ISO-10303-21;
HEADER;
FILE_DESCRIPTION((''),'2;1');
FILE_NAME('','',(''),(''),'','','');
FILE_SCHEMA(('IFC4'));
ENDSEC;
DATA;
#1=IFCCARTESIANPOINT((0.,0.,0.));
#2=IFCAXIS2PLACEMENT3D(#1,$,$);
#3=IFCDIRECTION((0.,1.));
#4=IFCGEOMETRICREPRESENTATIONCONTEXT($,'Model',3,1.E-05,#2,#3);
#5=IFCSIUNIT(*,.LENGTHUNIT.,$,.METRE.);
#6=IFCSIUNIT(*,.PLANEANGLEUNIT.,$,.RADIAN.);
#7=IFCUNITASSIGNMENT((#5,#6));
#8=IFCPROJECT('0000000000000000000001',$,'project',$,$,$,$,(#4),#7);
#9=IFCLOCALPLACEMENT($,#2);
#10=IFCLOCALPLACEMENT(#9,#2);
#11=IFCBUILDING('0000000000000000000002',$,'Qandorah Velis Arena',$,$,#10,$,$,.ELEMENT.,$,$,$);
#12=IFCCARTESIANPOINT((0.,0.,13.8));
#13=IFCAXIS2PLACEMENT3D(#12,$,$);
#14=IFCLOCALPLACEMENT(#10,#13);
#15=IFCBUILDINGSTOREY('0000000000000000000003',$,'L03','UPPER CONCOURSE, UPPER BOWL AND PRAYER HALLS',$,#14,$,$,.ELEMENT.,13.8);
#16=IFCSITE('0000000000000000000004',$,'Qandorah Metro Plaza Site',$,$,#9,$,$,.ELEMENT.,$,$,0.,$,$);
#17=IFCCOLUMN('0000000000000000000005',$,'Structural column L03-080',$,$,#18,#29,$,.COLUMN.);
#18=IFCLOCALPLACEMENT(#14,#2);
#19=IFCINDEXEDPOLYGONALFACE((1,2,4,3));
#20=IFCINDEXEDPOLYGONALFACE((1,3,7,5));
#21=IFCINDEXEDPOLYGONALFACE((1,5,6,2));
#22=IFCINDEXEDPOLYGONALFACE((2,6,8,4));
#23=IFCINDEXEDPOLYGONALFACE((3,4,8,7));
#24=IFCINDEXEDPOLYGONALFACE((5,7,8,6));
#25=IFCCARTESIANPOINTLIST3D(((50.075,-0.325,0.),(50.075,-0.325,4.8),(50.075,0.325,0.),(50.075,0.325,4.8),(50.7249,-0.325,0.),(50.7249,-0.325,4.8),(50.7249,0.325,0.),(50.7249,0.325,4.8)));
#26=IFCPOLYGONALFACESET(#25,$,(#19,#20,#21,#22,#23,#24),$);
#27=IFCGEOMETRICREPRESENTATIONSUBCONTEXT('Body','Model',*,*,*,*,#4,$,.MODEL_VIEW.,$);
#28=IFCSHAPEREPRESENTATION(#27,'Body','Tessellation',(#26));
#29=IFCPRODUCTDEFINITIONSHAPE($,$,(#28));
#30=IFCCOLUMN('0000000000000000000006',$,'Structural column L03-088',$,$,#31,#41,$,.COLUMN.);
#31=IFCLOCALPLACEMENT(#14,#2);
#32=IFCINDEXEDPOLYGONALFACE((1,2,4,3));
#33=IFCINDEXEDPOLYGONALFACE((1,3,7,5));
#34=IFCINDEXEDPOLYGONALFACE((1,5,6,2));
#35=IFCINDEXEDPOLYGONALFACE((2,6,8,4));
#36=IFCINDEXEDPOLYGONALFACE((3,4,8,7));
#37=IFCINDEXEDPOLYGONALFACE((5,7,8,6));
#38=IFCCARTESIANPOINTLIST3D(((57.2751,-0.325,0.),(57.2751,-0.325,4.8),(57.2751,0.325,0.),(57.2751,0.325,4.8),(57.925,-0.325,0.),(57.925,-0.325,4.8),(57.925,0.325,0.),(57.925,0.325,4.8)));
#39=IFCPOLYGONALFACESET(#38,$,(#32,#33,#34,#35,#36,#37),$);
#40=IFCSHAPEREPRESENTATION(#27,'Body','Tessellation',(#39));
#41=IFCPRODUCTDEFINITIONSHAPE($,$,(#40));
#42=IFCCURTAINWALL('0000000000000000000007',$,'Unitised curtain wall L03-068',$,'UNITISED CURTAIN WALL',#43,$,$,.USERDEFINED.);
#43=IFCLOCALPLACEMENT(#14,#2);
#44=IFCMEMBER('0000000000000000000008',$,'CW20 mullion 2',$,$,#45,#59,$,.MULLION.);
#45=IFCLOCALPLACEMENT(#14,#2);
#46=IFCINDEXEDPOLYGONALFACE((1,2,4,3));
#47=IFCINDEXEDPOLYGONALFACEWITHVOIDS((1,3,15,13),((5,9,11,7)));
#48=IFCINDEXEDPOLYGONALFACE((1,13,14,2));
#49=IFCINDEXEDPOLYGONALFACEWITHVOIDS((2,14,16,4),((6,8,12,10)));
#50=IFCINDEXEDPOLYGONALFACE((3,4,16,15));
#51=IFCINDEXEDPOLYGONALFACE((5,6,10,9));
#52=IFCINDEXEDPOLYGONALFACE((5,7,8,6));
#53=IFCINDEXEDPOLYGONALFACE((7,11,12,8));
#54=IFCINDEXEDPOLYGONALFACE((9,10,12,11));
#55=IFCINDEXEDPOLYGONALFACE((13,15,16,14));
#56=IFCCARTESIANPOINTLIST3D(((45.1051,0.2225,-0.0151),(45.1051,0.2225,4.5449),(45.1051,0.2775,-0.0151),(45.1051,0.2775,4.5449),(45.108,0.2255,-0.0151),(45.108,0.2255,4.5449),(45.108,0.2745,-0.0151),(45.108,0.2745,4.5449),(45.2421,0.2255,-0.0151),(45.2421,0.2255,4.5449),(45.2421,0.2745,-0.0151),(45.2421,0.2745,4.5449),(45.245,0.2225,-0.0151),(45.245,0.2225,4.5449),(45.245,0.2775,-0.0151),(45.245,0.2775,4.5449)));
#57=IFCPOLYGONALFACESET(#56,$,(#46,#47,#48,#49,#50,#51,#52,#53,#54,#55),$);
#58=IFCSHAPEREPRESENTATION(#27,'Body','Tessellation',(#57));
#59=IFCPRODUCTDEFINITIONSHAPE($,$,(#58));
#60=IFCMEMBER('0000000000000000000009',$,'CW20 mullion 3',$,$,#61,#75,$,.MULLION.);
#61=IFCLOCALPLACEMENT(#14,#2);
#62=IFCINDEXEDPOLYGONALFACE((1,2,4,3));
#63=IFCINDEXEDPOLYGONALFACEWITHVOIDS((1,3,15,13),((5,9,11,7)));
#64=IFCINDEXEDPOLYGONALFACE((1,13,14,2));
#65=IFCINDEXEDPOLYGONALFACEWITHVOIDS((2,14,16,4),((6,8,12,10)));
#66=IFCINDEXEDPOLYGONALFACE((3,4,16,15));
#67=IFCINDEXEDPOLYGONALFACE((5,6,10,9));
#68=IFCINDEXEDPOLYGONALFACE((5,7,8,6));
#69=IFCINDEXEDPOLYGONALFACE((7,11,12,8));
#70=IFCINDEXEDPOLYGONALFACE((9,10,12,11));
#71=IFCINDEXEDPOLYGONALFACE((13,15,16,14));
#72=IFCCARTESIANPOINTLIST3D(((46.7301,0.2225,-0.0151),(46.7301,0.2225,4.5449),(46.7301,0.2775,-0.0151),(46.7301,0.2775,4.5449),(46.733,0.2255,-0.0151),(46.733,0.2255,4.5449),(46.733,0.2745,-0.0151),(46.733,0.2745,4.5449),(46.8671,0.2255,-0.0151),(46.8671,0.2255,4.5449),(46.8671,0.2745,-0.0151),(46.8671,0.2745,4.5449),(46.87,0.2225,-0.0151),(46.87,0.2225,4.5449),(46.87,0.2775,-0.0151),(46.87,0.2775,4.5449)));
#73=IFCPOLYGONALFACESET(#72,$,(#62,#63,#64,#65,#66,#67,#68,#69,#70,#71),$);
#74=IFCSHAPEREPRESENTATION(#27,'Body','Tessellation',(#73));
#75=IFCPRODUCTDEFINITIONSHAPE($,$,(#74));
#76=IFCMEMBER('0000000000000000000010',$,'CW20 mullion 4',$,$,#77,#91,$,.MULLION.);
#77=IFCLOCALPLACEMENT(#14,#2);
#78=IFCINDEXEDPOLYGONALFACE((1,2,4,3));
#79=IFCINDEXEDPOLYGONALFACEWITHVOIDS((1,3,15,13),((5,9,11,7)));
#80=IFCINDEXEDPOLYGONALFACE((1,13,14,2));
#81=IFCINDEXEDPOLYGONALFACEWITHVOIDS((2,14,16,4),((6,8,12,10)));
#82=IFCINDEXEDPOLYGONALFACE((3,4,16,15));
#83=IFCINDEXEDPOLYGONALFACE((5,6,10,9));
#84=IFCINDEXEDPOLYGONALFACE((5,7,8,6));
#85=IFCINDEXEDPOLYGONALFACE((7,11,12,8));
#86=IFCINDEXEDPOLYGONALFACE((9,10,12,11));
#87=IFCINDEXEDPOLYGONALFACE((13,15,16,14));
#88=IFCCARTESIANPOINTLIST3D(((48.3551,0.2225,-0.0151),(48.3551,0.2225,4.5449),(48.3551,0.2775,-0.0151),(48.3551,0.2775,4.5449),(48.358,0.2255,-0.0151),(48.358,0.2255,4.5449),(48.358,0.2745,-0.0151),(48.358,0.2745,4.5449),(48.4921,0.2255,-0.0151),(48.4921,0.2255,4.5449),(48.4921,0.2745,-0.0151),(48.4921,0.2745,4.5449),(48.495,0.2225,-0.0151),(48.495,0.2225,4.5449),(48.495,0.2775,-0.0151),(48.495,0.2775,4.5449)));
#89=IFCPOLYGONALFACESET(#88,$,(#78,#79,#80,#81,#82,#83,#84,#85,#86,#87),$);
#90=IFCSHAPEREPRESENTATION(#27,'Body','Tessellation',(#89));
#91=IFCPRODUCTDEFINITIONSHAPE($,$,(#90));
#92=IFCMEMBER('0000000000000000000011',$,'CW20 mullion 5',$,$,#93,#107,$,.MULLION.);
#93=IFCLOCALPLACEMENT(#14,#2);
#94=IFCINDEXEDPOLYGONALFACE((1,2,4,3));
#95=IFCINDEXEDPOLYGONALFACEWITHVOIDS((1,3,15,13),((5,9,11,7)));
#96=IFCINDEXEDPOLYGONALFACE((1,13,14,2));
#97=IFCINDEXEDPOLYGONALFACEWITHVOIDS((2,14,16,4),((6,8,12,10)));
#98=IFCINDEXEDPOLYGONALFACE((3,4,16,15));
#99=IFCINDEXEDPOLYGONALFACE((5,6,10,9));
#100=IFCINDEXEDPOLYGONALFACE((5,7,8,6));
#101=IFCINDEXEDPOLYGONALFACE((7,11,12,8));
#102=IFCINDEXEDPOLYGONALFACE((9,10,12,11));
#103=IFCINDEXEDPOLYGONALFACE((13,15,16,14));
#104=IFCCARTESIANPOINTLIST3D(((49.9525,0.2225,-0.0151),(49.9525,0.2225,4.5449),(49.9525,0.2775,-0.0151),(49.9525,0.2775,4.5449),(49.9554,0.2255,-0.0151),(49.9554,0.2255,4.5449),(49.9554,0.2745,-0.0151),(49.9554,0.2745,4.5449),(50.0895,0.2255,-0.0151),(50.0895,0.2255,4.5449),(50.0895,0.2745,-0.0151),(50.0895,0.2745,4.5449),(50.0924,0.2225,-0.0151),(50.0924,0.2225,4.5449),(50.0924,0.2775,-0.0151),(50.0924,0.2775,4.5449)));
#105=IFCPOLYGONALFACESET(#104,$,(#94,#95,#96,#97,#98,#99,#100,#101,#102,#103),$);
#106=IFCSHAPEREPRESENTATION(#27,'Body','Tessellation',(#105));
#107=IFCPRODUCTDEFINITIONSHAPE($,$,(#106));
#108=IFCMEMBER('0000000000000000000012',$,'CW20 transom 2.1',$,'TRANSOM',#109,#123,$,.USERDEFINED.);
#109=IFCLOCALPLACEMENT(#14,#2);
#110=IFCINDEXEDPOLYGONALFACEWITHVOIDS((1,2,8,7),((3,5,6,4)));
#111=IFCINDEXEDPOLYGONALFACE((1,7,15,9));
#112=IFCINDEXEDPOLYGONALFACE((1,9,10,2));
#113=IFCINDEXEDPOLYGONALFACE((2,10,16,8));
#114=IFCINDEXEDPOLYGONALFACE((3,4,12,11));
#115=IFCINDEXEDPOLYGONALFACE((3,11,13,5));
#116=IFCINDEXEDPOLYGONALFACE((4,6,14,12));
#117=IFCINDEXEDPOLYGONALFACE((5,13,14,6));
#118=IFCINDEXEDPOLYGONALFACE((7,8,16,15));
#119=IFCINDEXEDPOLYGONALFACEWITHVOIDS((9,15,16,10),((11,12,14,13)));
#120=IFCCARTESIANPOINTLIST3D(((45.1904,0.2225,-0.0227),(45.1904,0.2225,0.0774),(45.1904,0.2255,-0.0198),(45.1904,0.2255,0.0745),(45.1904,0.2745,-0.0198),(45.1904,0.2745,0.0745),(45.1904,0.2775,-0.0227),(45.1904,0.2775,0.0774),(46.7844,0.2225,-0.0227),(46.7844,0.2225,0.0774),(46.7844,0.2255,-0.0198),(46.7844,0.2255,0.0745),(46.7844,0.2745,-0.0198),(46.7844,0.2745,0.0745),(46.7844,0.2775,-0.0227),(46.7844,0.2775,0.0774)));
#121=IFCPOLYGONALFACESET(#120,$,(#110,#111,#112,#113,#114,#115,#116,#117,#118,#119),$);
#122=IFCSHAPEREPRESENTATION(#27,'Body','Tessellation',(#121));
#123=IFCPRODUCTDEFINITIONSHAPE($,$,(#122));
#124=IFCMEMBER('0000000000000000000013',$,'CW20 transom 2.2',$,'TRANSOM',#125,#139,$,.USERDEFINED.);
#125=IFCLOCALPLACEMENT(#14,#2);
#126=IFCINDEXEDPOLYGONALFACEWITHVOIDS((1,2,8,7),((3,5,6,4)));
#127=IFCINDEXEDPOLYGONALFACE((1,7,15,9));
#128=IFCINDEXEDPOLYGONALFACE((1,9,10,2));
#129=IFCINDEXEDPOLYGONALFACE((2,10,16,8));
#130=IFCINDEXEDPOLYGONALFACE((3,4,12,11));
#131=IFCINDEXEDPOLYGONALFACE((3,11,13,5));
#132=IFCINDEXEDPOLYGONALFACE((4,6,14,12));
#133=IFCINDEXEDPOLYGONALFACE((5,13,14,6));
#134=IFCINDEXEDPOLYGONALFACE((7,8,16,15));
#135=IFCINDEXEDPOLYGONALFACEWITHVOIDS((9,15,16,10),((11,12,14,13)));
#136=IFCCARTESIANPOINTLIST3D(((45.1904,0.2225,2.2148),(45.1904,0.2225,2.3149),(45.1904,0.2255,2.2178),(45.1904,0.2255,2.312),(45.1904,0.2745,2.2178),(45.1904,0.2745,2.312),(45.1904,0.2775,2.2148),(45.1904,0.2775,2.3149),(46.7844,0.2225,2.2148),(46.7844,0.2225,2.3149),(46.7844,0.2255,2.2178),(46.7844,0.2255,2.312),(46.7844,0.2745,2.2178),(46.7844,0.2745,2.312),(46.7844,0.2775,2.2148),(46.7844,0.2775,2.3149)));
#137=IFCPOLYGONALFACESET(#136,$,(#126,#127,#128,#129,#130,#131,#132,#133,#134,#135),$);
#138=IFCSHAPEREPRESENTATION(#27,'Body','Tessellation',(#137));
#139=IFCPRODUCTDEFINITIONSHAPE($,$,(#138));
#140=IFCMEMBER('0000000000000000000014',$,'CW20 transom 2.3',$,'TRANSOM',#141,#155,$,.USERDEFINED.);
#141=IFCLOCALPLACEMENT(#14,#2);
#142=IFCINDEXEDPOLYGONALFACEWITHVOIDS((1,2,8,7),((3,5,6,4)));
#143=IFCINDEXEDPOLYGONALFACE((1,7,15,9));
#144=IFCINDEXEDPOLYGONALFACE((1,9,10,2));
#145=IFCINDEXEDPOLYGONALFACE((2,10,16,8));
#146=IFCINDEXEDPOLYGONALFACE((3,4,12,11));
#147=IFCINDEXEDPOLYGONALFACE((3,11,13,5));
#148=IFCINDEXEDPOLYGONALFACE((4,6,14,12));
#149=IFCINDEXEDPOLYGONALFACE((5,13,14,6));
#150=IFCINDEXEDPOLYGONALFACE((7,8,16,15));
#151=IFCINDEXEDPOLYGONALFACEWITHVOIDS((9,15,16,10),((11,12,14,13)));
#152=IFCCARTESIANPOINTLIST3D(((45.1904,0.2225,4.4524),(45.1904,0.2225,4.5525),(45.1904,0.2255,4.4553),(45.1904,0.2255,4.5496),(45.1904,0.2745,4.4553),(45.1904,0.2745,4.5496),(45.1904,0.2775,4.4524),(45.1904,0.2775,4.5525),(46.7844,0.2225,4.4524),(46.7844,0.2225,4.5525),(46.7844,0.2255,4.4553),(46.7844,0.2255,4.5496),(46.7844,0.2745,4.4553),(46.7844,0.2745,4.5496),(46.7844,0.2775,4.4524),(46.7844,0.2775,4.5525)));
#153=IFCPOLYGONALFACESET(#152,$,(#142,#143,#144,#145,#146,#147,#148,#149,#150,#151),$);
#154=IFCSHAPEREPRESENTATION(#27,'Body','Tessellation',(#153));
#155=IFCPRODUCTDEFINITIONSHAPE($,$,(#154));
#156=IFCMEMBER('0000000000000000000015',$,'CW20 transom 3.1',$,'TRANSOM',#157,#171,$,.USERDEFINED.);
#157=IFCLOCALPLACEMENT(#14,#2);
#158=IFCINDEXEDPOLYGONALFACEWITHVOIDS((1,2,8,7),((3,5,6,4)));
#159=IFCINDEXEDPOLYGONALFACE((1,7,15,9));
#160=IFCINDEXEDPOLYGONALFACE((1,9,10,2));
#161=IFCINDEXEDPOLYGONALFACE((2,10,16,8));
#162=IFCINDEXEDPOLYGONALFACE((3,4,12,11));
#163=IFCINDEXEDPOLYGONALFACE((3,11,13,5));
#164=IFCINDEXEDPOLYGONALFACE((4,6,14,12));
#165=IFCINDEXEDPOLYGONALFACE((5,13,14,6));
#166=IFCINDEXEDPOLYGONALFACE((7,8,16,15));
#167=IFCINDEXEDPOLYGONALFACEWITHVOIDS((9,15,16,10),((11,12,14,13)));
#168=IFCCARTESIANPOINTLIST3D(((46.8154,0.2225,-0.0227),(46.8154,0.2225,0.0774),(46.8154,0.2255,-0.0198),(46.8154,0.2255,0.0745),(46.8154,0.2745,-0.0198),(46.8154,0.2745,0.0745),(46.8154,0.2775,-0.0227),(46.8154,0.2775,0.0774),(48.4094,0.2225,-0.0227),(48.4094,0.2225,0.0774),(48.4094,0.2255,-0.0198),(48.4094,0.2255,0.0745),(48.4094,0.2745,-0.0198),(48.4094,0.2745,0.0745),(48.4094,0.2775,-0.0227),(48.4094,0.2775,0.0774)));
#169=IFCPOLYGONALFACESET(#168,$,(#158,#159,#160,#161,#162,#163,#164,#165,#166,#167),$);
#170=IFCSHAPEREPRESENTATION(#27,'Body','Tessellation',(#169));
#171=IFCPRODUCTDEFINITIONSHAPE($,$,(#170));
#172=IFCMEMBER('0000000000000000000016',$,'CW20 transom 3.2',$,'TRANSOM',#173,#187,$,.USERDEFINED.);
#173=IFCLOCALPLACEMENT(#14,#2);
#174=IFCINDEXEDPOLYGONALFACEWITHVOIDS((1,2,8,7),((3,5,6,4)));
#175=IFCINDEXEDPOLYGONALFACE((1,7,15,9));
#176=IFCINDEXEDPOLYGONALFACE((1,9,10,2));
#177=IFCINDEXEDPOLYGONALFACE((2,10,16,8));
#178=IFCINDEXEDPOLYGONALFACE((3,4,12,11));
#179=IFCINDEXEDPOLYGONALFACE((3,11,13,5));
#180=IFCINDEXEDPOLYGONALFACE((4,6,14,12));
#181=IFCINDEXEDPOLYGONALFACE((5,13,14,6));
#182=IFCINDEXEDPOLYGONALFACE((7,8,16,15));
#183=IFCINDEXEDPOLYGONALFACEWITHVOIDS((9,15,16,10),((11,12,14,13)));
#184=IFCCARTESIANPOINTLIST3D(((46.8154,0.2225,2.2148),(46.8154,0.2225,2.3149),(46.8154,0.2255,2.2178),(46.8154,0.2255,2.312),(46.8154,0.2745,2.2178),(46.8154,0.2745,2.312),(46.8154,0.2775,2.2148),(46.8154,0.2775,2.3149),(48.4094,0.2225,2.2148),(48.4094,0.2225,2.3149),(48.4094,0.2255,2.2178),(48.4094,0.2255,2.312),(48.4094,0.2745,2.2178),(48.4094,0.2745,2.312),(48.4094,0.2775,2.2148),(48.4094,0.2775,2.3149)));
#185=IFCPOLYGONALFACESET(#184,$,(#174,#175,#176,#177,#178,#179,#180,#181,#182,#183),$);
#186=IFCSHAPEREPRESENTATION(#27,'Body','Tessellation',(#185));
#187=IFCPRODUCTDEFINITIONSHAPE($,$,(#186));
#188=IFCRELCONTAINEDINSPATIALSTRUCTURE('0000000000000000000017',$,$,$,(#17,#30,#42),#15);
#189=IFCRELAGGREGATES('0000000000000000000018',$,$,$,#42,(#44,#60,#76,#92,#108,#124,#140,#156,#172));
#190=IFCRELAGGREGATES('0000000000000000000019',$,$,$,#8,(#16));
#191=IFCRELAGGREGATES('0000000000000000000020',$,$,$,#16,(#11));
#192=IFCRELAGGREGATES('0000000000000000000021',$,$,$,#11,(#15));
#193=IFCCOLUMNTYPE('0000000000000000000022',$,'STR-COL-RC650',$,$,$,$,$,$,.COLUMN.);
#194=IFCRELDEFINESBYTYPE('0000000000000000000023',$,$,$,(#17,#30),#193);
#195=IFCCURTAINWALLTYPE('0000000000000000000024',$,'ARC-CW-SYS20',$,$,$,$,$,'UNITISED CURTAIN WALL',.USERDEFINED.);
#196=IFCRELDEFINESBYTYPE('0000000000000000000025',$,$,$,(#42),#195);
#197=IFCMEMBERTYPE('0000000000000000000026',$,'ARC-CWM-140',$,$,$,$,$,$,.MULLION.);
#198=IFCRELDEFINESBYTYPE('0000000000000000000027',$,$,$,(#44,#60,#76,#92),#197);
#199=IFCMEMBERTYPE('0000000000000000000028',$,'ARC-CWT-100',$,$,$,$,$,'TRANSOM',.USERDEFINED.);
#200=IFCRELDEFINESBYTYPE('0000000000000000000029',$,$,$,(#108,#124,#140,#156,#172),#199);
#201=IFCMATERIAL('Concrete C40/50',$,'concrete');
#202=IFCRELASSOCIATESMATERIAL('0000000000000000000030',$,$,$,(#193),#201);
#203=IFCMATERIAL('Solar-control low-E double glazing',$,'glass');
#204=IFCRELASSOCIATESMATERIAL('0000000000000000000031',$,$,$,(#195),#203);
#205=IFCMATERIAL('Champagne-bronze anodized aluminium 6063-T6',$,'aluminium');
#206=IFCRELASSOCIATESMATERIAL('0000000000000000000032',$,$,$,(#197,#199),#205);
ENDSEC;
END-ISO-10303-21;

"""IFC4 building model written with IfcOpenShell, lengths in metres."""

from ifc_helpers import new_model, si_unit, direction, frame, origin, origin_2d, place, context, subcontext, project, spatial, rectangle, hollow_rectangle, extrude, material, material_profile, profile_set, type_object, element, aggregate, save


model = new_model("IFC4")

# Units and contexts
model_context = context("Model", 3, precision=1e-05, world=origin(), true_north=direction((0.0, 1.0)))
body_context = subcontext(model_context, "Body", "Model", "MODEL_VIEW")
ifc_project = project(units=[si_unit("LENGTHUNIT", "METRE"), si_unit("PLANEANGLEUNIT", "RADIAN")], contexts=[model_context])

# Site, building, storey
site_placement = place(None, origin())
site = spatial("IfcSite", under=ifc_project, at=site_placement, Name="Qandorah Metro Plaza Site", CompositionType="ELEMENT", RefElevation=0.0)
building_placement = place(site_placement, origin())
building = spatial("IfcBuilding", under=site, at=building_placement, Name="Qandorah Velis Arena", CompositionType="ELEMENT")
storey_placement = place(building_placement, frame((0.0, 0.0, 13.8)))
storey = spatial("IfcBuildingStorey", under=building, at=storey_placement, Name="L03", Description="UPPER CONCOURSE, UPPER BOWL AND PRAYER HALLS", CompositionType="ELEMENT", Elevation=13.8)

# Columns
ifc_material_1 = material(Name="Concrete C40/50", Category="concrete")
ifc_material_profile_1 = material_profile(ifc_material_1, rectangle(XDim=0.6499, YDim=0.6499, at=origin_2d()), Name="RC COL 650x650")
ifc_profile_set_1 = profile_set([ifc_material_profile_1], Name="Concrete C40/50")
column_type = type_object("IfcColumnType", Name="STR-COL-RC650", PredefinedType="COLUMN", material=ifc_profile_set_1)
for number, where, z_axis, x_axis, name in (
    (1, (50.3999, 0.0, 0.0), (0.0, 0.0, 1.0), (1.0, 0.0, 0.0), "Structural column L03-080"),
    (2, (57.6001, 0.0, 0.0), (0.0, 0.0, 1.0), (1.0, 0.0, 0.0), "Structural column L03-088"),
):
    element("IfcColumn", number, at=place(storey_placement, frame(where, z_axis=z_axis, x_axis=x_axis)), inside=storey, type_object=column_type, Name=name, PredefinedType="COLUMN", context=body_context, shape_type="SweptSolid", body=[
        extrude(rectangle(XDim=0.6499, YDim=0.6499, at=origin_2d()), origin(), (0.0, 0.0, 1.0), 4.8),
    ])

# Curtain wall, members
ifc_material_2 = material(Name="Solar-control low-E double glazing", Category="glass")
curtain_wall_type = type_object("IfcCurtainWallType", Name="ARC-CW-SYS20", ElementType="UNITISED CURTAIN WALL", PredefinedType="USERDEFINED", material=ifc_material_2)
curtain_wall_placement = place(storey_placement, origin())
curtain_wall = element("IfcCurtainWall", 3, at=curtain_wall_placement, inside=storey, type_object=curtain_wall_type, Name="Unitised curtain wall L03-068", ObjectType="UNITISED CURTAIN WALL", PredefinedType="USERDEFINED")
ifc_material_3 = material(Name="Champagne-bronze anodized aluminium 6063-T6", Category="aluminium")
ifc_material_profile_2 = material_profile(ifc_material_3, hollow_rectangle(XDim=0.0549, YDim=0.1399, WallThickness=0.0029, at=origin_2d()), Name="ALU MULLION 55x140")
ifc_profile_set_2 = profile_set([ifc_material_profile_2], Name="Champagne-bronze anodized aluminium 6063-T6")
member_type_1 = type_object("IfcMemberType", Name="ARC-CWM-140", PredefinedType="MULLION", material=ifc_profile_set_2)
member_1_placement = place(storey_placement, frame((45.175, 0.25, -0.0151), z_axis=(0.0, 0.0, 1.0), x_axis=(0.0, 1.0, 0.0)))
member_1 = element("IfcMember", 4, at=member_1_placement, type_object=member_type_1, Name="CW20 mullion 2", PredefinedType="MULLION", context=body_context, shape_type="SweptSolid", body=[
    extrude(hollow_rectangle(XDim=0.0549, YDim=0.1399, WallThickness=0.0029, at=origin_2d()), origin(), (0.0, 0.0, 1.0), 4.5601),
])
member_2_placement = place(storey_placement, frame((46.8, 0.25, -0.0151), z_axis=(0.0, 0.0, 1.0), x_axis=(0.0, 1.0, 0.0)))
member_2 = element("IfcMember", 5, at=member_2_placement, type_object=member_type_1, Name="CW20 mullion 3", PredefinedType="MULLION", context=body_context, shape_type="SweptSolid", body=[
    extrude(hollow_rectangle(XDim=0.0549, YDim=0.1399, WallThickness=0.0029, at=origin_2d()), origin(), (0.0, 0.0, 1.0), 4.5601),
])
member_3_placement = place(storey_placement, frame((48.425, 0.25, -0.0151), z_axis=(0.0, 0.0, 1.0), x_axis=(0.0, 1.0, 0.0)))
member_3 = element("IfcMember", 6, at=member_3_placement, type_object=member_type_1, Name="CW20 mullion 4", PredefinedType="MULLION", context=body_context, shape_type="SweptSolid", body=[
    extrude(hollow_rectangle(XDim=0.0549, YDim=0.1399, WallThickness=0.0029, at=origin_2d()), origin(), (0.0, 0.0, 1.0), 4.5601),
])
member_4_placement = place(storey_placement, frame((50.0225, 0.25, -0.0151), z_axis=(0.0, 0.0, 1.0), x_axis=(0.0, 1.0, 0.0)))
member_4 = element("IfcMember", 7, at=member_4_placement, type_object=member_type_1, Name="CW20 mullion 5", PredefinedType="MULLION", context=body_context, shape_type="SweptSolid", body=[
    extrude(hollow_rectangle(XDim=0.0549, YDim=0.1399, WallThickness=0.0029, at=origin_2d()), origin(), (0.0, 0.0, 1.0), 4.5601),
])
ifc_material_profile_3 = material_profile(ifc_material_3, hollow_rectangle(XDim=0.0549, YDim=0.1001, WallThickness=0.0029, at=origin_2d()), Name="ALU TRANSOM 55x100")
ifc_profile_set_3 = profile_set([ifc_material_profile_3], Name="Champagne-bronze anodized aluminium 6063-T6")
member_type_2 = type_object("IfcMemberType", Name="ARC-CWT-100", ElementType="TRANSOM", PredefinedType="USERDEFINED", material=ifc_profile_set_3)
member_5_placement = place(storey_placement, frame((45.1904, 0.25, 0.0273), z_axis=(1.0, 0.0, 0.0), x_axis=(0.0, 1.0, 0.0)))
member_5 = element("IfcMember", 8, at=member_5_placement, type_object=member_type_2, Name="CW20 transom 2.1", ObjectType="TRANSOM", PredefinedType="USERDEFINED", context=body_context, shape_type="SweptSolid", body=[
    extrude(hollow_rectangle(XDim=0.0549, YDim=0.1001, WallThickness=0.0029, at=origin_2d()), origin(), (0.0, 0.0, 1.0), 1.594),
])
member_6_placement = place(storey_placement, frame((45.1904, 0.25, 2.2649), z_axis=(1.0, 0.0, 0.0), x_axis=(0.0, 1.0, 0.0)))
member_6 = element("IfcMember", 9, at=member_6_placement, type_object=member_type_2, Name="CW20 transom 2.2", ObjectType="TRANSOM", PredefinedType="USERDEFINED", context=body_context, shape_type="SweptSolid", body=[
    extrude(hollow_rectangle(XDim=0.0549, YDim=0.1001, WallThickness=0.0029, at=origin_2d()), origin(), (0.0, 0.0, 1.0), 1.594),
])
member_7_placement = place(storey_placement, frame((45.1904, 0.25, 4.5024), z_axis=(1.0, 0.0, 0.0), x_axis=(0.0, 1.0, 0.0)))
member_7 = element("IfcMember", 10, at=member_7_placement, type_object=member_type_2, Name="CW20 transom 2.3", ObjectType="TRANSOM", PredefinedType="USERDEFINED", context=body_context, shape_type="SweptSolid", body=[
    extrude(hollow_rectangle(XDim=0.0549, YDim=0.1001, WallThickness=0.0029, at=origin_2d()), origin(), (0.0, 0.0, 1.0), 1.594),
])
member_8_placement = place(storey_placement, frame((46.8154, 0.25, 0.0273), z_axis=(1.0, 0.0, 0.0), x_axis=(0.0, 1.0, 0.0)))
member_8 = element("IfcMember", 11, at=member_8_placement, type_object=member_type_2, Name="CW20 transom 3.1", ObjectType="TRANSOM", PredefinedType="USERDEFINED", context=body_context, shape_type="SweptSolid", body=[
    extrude(hollow_rectangle(XDim=0.0549, YDim=0.1001, WallThickness=0.0029, at=origin_2d()), origin(), (0.0, 0.0, 1.0), 1.594),
])
member_9_placement = place(storey_placement, frame((46.8154, 0.25, 2.2649), z_axis=(1.0, 0.0, 0.0), x_axis=(0.0, 1.0, 0.0)))
member_9 = element("IfcMember", 12, at=member_9_placement, type_object=member_type_2, Name="CW20 transom 3.2", ObjectType="TRANSOM", PredefinedType="USERDEFINED", context=body_context, shape_type="SweptSolid", body=[
    extrude(hollow_rectangle(XDim=0.0549, YDim=0.1001, WallThickness=0.0029, at=origin_2d()), origin(), (0.0, 0.0, 1.0), 1.594),
])

aggregate(curtain_wall, [member_1, member_2, member_3, member_4, member_5, member_6, member_7, member_8, member_9])

save(model, "model.ifc")
